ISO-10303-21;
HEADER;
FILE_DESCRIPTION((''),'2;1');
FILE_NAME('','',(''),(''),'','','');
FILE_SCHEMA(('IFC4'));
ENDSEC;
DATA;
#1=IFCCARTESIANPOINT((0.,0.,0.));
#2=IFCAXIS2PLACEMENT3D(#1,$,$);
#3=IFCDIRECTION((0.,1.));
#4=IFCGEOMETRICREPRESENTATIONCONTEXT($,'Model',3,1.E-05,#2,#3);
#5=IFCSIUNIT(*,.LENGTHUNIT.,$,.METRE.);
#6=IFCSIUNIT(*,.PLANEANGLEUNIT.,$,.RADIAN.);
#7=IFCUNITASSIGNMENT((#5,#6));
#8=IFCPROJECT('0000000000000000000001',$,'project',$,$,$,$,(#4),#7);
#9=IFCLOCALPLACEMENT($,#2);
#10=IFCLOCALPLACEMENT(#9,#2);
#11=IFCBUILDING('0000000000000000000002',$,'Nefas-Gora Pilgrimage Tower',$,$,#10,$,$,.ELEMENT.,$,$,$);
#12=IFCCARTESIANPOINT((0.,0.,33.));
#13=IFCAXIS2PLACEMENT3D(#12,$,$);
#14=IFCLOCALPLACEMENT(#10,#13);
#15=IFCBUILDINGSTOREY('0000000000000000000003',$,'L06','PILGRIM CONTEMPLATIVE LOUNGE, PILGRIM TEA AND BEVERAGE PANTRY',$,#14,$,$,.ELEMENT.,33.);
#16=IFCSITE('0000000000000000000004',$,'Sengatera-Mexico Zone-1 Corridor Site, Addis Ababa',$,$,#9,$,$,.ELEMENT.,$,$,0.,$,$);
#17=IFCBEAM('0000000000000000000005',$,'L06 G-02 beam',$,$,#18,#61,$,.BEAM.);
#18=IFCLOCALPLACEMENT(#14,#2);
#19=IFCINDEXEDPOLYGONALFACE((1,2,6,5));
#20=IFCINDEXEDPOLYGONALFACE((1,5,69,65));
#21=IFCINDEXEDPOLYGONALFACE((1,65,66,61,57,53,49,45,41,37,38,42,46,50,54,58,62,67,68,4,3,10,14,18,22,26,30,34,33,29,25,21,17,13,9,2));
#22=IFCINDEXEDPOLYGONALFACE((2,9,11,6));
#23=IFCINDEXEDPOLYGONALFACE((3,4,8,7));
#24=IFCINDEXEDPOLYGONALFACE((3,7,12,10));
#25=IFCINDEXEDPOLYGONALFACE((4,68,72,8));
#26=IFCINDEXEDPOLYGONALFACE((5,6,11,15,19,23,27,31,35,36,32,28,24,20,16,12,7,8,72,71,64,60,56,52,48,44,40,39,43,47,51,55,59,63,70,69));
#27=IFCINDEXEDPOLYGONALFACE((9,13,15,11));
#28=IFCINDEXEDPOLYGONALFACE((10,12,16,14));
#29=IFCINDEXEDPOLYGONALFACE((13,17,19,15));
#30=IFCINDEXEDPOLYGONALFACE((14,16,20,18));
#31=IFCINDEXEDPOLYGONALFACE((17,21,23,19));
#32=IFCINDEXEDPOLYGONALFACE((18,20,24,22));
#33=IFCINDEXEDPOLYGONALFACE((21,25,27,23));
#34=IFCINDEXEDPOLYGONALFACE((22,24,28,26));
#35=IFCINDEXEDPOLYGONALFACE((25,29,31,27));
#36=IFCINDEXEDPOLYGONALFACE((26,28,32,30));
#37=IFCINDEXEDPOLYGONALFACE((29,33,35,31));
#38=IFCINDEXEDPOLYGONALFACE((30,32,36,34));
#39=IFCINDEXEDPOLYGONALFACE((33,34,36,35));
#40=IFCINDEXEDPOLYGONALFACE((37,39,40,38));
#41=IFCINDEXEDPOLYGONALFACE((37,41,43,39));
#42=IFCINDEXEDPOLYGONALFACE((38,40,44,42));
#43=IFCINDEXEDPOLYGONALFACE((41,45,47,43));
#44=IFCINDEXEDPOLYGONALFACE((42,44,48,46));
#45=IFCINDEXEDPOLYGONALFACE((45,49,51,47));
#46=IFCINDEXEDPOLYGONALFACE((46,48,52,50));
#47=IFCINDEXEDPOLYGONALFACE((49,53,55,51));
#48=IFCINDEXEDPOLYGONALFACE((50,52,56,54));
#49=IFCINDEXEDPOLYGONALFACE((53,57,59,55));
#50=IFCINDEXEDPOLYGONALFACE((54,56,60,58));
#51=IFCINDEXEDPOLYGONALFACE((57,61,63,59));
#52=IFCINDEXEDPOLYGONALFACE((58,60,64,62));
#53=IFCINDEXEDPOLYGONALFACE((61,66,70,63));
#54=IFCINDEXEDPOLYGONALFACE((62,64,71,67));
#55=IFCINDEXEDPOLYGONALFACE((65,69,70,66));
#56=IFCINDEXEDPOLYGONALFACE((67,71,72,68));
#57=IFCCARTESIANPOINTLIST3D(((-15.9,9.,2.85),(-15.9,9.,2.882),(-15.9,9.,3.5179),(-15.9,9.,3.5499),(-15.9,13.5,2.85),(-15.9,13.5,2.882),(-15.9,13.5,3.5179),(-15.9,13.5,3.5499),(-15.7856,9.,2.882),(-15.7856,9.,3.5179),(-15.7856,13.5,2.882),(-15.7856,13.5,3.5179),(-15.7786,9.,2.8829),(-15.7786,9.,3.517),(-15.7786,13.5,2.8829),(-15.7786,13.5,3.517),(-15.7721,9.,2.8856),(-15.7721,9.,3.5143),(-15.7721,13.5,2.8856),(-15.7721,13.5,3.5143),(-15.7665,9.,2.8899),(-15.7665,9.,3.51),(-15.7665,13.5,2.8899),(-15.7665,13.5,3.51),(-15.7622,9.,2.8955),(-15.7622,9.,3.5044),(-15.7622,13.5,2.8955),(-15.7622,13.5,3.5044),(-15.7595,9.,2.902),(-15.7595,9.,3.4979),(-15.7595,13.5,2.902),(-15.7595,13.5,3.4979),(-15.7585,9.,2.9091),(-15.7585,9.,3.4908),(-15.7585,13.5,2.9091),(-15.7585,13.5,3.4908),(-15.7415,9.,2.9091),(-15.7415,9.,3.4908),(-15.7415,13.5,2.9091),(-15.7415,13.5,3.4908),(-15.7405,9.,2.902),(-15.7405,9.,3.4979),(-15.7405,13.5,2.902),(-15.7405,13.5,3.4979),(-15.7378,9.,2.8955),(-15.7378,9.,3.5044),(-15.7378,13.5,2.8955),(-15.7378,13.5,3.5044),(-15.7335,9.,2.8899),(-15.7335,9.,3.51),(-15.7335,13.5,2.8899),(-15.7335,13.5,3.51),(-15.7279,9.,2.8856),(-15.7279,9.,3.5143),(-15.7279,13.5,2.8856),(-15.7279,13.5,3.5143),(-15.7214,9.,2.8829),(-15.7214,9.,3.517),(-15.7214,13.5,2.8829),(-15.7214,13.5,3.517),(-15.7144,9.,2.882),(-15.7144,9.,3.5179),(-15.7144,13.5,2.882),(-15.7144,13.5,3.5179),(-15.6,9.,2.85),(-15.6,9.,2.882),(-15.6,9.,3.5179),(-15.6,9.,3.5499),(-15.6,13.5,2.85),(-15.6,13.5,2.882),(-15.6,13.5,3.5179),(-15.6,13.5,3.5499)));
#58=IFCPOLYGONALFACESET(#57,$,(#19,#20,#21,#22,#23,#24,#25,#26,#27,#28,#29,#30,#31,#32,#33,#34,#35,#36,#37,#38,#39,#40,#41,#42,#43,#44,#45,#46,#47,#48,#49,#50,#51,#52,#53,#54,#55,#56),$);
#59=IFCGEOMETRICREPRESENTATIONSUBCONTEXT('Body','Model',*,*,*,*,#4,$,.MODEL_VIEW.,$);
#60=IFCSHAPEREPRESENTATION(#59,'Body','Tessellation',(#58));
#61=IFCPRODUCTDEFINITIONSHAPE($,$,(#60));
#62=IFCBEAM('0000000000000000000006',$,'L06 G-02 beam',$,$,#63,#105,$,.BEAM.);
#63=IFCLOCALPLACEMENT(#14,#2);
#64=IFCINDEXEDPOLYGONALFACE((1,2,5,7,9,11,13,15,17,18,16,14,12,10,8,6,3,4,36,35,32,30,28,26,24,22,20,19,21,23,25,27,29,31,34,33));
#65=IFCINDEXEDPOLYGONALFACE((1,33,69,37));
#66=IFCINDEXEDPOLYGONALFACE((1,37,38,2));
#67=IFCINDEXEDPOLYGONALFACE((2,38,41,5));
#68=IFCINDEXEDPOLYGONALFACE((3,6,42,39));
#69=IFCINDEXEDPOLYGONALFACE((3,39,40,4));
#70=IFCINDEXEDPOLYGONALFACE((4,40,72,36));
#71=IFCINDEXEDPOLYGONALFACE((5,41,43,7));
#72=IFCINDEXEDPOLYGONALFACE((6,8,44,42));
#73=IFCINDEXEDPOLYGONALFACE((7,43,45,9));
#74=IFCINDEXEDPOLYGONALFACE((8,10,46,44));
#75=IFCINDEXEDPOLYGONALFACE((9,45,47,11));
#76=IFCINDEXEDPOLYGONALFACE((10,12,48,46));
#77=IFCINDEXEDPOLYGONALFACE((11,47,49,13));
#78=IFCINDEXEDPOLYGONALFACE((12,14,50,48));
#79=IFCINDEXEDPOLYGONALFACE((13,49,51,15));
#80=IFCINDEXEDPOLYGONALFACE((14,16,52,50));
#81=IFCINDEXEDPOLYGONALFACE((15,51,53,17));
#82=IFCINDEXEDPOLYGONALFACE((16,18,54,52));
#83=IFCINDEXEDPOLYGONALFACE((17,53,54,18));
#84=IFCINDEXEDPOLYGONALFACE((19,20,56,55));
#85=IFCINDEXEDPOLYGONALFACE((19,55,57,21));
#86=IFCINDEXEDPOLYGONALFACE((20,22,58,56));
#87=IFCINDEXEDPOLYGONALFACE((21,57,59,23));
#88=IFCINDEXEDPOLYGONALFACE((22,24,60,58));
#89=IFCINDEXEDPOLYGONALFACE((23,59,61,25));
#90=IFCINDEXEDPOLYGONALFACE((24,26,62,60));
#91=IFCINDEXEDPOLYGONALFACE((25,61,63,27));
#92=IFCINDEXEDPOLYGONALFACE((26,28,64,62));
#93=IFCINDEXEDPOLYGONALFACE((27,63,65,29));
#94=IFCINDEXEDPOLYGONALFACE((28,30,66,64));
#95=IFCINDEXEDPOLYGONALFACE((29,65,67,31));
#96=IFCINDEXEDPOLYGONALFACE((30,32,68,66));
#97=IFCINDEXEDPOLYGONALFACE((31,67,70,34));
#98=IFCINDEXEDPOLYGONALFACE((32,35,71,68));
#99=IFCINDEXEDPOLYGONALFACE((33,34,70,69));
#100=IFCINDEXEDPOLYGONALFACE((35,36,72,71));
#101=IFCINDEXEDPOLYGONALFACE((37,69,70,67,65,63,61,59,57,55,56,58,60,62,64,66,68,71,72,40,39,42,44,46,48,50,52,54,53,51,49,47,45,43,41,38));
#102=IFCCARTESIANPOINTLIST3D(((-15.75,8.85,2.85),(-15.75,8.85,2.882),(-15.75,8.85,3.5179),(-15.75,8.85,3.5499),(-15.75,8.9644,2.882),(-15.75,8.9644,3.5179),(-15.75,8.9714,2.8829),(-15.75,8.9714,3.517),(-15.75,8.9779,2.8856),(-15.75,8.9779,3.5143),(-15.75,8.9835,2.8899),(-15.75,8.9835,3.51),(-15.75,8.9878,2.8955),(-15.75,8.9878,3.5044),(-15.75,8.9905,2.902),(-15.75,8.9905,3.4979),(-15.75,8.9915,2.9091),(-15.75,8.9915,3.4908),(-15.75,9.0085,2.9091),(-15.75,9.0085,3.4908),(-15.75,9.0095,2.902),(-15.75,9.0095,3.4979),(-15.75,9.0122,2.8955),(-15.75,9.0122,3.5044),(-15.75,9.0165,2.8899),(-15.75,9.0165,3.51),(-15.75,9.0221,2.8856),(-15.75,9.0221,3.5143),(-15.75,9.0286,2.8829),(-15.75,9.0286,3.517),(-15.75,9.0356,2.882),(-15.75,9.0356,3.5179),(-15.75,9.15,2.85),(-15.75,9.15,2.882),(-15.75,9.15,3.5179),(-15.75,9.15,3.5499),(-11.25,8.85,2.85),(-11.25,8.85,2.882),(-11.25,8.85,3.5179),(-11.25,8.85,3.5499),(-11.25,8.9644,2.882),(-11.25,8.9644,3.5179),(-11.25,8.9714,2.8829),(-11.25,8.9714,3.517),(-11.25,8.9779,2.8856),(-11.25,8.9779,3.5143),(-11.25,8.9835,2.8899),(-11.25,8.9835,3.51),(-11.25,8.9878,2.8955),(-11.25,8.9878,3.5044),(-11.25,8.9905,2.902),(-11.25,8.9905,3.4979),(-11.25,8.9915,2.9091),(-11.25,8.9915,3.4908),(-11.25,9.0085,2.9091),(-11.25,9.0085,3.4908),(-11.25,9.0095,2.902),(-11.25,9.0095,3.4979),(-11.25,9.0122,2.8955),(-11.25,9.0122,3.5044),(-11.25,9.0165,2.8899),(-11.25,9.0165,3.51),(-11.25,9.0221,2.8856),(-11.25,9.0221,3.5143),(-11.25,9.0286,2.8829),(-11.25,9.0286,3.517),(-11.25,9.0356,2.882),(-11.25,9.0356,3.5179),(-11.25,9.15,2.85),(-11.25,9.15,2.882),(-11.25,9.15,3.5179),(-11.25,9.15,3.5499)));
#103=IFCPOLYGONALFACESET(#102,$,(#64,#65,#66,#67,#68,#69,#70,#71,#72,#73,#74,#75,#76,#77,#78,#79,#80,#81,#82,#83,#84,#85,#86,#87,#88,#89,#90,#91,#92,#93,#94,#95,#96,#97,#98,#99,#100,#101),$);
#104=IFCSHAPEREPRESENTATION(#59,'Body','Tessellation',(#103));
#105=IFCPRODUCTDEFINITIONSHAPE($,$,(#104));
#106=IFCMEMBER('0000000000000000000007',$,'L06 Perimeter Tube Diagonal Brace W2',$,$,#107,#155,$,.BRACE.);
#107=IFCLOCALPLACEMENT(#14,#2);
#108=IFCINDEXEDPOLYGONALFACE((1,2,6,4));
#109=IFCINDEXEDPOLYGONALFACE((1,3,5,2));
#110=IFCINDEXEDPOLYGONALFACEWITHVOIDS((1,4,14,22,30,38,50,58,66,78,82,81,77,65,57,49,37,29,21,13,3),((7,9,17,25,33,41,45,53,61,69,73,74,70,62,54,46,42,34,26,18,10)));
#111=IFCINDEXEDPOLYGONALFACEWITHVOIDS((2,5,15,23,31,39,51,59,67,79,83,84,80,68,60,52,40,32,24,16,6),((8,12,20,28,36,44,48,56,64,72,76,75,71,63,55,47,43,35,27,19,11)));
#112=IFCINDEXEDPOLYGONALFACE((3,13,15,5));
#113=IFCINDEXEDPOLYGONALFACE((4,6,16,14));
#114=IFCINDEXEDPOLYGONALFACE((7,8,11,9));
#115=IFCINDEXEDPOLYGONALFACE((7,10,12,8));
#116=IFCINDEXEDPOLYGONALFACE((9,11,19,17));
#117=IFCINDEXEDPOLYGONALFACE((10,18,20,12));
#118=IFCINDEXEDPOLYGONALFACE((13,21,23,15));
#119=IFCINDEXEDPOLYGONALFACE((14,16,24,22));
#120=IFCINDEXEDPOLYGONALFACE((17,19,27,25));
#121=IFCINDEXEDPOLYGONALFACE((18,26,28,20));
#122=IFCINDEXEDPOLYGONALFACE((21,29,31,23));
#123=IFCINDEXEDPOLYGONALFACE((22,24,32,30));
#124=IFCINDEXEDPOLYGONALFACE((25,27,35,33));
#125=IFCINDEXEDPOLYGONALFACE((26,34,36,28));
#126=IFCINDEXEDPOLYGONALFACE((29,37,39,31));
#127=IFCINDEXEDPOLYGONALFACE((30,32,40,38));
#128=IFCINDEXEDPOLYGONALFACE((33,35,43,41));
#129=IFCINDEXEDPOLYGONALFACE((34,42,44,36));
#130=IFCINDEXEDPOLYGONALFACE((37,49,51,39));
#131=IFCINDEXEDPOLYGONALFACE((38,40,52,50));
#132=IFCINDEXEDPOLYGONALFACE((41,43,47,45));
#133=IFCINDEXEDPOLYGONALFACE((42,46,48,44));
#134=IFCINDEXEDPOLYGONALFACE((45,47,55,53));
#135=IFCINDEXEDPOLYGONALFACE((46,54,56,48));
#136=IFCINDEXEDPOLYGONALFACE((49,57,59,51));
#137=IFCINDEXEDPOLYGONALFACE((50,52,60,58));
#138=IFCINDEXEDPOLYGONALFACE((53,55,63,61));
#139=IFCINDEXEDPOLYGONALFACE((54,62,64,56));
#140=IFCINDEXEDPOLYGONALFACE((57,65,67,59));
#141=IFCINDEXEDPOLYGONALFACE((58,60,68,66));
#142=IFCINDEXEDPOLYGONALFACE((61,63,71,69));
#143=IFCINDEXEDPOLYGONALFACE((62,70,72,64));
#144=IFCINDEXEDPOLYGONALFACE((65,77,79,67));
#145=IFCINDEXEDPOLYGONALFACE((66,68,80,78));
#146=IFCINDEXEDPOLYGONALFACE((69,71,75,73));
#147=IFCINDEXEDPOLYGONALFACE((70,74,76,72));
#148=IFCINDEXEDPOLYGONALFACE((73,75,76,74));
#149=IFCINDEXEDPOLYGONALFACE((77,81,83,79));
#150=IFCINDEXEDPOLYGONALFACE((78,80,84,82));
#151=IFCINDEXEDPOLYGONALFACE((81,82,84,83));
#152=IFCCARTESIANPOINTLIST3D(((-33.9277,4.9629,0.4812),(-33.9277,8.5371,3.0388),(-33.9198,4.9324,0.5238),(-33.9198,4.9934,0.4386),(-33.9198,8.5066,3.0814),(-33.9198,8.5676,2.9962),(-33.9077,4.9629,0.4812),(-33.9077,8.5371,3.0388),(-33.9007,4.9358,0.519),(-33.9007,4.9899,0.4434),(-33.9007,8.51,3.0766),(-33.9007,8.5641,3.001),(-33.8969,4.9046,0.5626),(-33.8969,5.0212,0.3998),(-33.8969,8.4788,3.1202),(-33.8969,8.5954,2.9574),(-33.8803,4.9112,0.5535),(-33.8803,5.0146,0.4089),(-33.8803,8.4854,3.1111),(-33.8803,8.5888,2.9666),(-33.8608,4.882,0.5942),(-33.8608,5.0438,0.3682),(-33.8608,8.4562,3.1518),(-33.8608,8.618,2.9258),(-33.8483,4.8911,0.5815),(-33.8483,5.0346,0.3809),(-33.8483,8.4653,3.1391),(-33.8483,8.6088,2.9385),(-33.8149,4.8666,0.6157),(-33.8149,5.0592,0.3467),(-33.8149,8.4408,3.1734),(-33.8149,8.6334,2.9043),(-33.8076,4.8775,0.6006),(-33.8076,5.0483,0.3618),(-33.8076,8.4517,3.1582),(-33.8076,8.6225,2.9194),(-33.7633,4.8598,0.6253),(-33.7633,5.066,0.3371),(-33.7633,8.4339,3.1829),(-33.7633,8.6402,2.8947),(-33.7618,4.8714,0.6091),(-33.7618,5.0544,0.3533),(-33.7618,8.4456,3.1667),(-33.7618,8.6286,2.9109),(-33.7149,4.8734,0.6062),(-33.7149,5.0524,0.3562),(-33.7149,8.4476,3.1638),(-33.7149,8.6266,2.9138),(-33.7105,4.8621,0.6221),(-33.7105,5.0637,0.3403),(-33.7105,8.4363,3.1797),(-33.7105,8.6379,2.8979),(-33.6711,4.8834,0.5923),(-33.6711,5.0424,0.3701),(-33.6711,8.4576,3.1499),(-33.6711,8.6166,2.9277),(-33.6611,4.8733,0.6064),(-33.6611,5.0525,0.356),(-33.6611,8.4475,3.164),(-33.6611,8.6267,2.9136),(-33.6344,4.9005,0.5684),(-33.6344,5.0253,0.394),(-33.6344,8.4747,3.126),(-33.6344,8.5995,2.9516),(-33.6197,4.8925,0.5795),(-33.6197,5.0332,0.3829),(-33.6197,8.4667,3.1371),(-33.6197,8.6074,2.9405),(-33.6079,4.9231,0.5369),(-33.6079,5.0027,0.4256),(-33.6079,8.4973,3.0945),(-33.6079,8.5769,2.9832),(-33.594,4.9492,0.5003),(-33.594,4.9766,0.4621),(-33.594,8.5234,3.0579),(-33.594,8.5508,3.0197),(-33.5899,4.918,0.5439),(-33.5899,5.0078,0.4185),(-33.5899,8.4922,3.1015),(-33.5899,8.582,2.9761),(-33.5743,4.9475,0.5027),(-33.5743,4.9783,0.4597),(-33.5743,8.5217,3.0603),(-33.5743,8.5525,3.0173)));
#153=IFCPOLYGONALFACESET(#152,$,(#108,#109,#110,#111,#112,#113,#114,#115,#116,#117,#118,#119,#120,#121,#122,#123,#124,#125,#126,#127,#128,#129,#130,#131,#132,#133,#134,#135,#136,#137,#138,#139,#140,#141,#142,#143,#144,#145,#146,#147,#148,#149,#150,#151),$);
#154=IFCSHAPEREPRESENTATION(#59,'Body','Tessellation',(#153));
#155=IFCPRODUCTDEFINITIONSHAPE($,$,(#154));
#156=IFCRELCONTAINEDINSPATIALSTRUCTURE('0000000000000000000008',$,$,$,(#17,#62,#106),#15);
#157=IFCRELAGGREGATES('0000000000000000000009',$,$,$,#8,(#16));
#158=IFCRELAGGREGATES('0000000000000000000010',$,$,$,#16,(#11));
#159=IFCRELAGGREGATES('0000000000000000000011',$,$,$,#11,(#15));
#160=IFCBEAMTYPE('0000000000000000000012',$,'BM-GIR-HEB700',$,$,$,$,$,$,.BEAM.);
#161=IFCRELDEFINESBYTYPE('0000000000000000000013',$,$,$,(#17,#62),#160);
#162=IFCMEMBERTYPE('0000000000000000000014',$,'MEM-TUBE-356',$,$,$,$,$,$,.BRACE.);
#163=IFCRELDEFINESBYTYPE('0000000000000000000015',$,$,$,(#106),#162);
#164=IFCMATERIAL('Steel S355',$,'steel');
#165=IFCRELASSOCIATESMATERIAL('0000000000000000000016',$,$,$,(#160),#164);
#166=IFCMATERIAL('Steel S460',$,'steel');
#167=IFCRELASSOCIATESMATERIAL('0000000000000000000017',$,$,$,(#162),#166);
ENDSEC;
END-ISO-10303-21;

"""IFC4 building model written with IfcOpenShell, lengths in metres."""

from ifc_helpers import new_model, si_unit, direction, frame, origin, origin_2d, place, context, subcontext, project, spatial, hollow_circle, i_section, extrude, source, transform, mapped, material, material_profile, profile_set, type_object, element, save


model = new_model("IFC4")

# Units and contexts
model_context = context("Model", 3, precision=1e-05, world=origin(), true_north=direction((0.0, 1.0)))
body_context = subcontext(model_context, "Body", "Model", "MODEL_VIEW")
ifc_project = project(units=[si_unit("LENGTHUNIT", "METRE"), si_unit("PLANEANGLEUNIT", "RADIAN")], contexts=[model_context])

# Site, building, storey
site_placement = place(None, origin())
site = spatial("IfcSite", under=ifc_project, at=site_placement, Name="Sengatera-Mexico Zone-1 Corridor Site, Addis Ababa", CompositionType="ELEMENT", RefElevation=0.0)
building_placement = place(site_placement, origin())
building = spatial("IfcBuilding", under=site, at=building_placement, Name="Nefas-Gora Pilgrimage Tower", CompositionType="ELEMENT")
storey_placement = place(building_placement, frame((0.0, 0.0, 33.0)))
storey = spatial("IfcBuildingStorey", under=building, at=storey_placement, Name="L06", Description="PILGRIM CONTEMPLATIVE LOUNGE, PILGRIM TEA AND BEVERAGE PANTRY", CompositionType="ELEMENT", Elevation=33.0)

# Shared definitions
ifc_material_1 = material(Name="Steel S460", Category="steel")

# Beams
ifc_material_2 = material(Name="Steel S355", Category="steel")
ifc_material_profile_1 = material_profile(ifc_material_2, i_section(OverallWidth=0.3, OverallDepth=0.7, WebThickness=0.0171, FlangeThickness=0.032, FilletRadius=0.0271, at=origin_2d()), Name="HEB 700")
ifc_profile_set_1 = profile_set([ifc_material_profile_1], Name="Steel S355")
beam_type_1 = type_object("IfcBeamType", Name="BM-GIR-HEB700", PredefinedType="BEAM", material=ifc_profile_set_1)
shared_shape_1 = source(origin(), body_context, "Body", "SweptSolid", [
    extrude(i_section(OverallWidth=0.3, OverallDepth=0.7, WebThickness=0.0171, FlangeThickness=0.032, FilletRadius=0.0271, at=origin_2d()), origin(), (0.0, 0.0, 1.0), 4.5),
])
for number, where, z_axis, x_axis, name in (
    (1, (-15.75, 9.0, 3.2), (0.0, 1.0, 0.0), (-1.0, 0.0, 0.0), "L06 G-02 beam"),
    (2, (-15.75, 9.0, 3.2), (1.0, 0.0, 0.0), (0.0, 1.0, 0.0), "L06 G-02 beam"),
):
    element("IfcBeam", number, at=place(storey_placement, frame(where, z_axis=z_axis, x_axis=x_axis)), inside=storey, type_object=beam_type_1, Name=name, PredefinedType="BEAM", context=body_context, shape_type="MappedRepresentation", body=[
        mapped(shared_shape_1, transform((0.0, 0.0, 0.0), x_axis=(1.0, 0.0, 0.0), y_axis=(0.0, 1.0, 0.0), z_axis=(0.0, 0.0, 1.0), scale=1.0)),
    ])

# Member
ifc_material_profile_2 = material_profile(ifc_material_1, hollow_circle(Radius=0.1777, WallThickness=0.02, at=origin_2d()), Name="CHS 355.6x20")
ifc_profile_set_2 = profile_set([ifc_material_profile_2], Name="Steel S460")
member_type_1 = type_object("IfcMemberType", Name="MEM-TUBE-356", PredefinedType="BRACE", material=ifc_profile_set_2)
shared_shape_2 = source(origin(), body_context, "Body", "SweptSolid", [
    extrude(hollow_circle(Radius=0.1777, WallThickness=0.02, at=origin_2d()), origin(), (0.0, 0.0, 1.0), 4.395),
])
member_1_placement = place(storey_placement, frame((-33.75, 4.9629, 0.4812), z_axis=(0.0, 0.813238, 0.581932), x_axis=(-1.0, 0.0, 0.0)))
element("IfcMember", 3, at=member_1_placement, inside=storey, type_object=member_type_1, Name="L06 Perimeter Tube Diagonal Brace W2", PredefinedType="BRACE", context=body_context, shape_type="MappedRepresentation", body=[
    mapped(shared_shape_2, transform((0.0, 0.0, 0.0), x_axis=(1.0, 0.0, 0.0), y_axis=(0.0, 1.0, 0.0), z_axis=(0.0, 0.0, 1.0), scale=1.0)),
])

save(model, "model.ifc")
